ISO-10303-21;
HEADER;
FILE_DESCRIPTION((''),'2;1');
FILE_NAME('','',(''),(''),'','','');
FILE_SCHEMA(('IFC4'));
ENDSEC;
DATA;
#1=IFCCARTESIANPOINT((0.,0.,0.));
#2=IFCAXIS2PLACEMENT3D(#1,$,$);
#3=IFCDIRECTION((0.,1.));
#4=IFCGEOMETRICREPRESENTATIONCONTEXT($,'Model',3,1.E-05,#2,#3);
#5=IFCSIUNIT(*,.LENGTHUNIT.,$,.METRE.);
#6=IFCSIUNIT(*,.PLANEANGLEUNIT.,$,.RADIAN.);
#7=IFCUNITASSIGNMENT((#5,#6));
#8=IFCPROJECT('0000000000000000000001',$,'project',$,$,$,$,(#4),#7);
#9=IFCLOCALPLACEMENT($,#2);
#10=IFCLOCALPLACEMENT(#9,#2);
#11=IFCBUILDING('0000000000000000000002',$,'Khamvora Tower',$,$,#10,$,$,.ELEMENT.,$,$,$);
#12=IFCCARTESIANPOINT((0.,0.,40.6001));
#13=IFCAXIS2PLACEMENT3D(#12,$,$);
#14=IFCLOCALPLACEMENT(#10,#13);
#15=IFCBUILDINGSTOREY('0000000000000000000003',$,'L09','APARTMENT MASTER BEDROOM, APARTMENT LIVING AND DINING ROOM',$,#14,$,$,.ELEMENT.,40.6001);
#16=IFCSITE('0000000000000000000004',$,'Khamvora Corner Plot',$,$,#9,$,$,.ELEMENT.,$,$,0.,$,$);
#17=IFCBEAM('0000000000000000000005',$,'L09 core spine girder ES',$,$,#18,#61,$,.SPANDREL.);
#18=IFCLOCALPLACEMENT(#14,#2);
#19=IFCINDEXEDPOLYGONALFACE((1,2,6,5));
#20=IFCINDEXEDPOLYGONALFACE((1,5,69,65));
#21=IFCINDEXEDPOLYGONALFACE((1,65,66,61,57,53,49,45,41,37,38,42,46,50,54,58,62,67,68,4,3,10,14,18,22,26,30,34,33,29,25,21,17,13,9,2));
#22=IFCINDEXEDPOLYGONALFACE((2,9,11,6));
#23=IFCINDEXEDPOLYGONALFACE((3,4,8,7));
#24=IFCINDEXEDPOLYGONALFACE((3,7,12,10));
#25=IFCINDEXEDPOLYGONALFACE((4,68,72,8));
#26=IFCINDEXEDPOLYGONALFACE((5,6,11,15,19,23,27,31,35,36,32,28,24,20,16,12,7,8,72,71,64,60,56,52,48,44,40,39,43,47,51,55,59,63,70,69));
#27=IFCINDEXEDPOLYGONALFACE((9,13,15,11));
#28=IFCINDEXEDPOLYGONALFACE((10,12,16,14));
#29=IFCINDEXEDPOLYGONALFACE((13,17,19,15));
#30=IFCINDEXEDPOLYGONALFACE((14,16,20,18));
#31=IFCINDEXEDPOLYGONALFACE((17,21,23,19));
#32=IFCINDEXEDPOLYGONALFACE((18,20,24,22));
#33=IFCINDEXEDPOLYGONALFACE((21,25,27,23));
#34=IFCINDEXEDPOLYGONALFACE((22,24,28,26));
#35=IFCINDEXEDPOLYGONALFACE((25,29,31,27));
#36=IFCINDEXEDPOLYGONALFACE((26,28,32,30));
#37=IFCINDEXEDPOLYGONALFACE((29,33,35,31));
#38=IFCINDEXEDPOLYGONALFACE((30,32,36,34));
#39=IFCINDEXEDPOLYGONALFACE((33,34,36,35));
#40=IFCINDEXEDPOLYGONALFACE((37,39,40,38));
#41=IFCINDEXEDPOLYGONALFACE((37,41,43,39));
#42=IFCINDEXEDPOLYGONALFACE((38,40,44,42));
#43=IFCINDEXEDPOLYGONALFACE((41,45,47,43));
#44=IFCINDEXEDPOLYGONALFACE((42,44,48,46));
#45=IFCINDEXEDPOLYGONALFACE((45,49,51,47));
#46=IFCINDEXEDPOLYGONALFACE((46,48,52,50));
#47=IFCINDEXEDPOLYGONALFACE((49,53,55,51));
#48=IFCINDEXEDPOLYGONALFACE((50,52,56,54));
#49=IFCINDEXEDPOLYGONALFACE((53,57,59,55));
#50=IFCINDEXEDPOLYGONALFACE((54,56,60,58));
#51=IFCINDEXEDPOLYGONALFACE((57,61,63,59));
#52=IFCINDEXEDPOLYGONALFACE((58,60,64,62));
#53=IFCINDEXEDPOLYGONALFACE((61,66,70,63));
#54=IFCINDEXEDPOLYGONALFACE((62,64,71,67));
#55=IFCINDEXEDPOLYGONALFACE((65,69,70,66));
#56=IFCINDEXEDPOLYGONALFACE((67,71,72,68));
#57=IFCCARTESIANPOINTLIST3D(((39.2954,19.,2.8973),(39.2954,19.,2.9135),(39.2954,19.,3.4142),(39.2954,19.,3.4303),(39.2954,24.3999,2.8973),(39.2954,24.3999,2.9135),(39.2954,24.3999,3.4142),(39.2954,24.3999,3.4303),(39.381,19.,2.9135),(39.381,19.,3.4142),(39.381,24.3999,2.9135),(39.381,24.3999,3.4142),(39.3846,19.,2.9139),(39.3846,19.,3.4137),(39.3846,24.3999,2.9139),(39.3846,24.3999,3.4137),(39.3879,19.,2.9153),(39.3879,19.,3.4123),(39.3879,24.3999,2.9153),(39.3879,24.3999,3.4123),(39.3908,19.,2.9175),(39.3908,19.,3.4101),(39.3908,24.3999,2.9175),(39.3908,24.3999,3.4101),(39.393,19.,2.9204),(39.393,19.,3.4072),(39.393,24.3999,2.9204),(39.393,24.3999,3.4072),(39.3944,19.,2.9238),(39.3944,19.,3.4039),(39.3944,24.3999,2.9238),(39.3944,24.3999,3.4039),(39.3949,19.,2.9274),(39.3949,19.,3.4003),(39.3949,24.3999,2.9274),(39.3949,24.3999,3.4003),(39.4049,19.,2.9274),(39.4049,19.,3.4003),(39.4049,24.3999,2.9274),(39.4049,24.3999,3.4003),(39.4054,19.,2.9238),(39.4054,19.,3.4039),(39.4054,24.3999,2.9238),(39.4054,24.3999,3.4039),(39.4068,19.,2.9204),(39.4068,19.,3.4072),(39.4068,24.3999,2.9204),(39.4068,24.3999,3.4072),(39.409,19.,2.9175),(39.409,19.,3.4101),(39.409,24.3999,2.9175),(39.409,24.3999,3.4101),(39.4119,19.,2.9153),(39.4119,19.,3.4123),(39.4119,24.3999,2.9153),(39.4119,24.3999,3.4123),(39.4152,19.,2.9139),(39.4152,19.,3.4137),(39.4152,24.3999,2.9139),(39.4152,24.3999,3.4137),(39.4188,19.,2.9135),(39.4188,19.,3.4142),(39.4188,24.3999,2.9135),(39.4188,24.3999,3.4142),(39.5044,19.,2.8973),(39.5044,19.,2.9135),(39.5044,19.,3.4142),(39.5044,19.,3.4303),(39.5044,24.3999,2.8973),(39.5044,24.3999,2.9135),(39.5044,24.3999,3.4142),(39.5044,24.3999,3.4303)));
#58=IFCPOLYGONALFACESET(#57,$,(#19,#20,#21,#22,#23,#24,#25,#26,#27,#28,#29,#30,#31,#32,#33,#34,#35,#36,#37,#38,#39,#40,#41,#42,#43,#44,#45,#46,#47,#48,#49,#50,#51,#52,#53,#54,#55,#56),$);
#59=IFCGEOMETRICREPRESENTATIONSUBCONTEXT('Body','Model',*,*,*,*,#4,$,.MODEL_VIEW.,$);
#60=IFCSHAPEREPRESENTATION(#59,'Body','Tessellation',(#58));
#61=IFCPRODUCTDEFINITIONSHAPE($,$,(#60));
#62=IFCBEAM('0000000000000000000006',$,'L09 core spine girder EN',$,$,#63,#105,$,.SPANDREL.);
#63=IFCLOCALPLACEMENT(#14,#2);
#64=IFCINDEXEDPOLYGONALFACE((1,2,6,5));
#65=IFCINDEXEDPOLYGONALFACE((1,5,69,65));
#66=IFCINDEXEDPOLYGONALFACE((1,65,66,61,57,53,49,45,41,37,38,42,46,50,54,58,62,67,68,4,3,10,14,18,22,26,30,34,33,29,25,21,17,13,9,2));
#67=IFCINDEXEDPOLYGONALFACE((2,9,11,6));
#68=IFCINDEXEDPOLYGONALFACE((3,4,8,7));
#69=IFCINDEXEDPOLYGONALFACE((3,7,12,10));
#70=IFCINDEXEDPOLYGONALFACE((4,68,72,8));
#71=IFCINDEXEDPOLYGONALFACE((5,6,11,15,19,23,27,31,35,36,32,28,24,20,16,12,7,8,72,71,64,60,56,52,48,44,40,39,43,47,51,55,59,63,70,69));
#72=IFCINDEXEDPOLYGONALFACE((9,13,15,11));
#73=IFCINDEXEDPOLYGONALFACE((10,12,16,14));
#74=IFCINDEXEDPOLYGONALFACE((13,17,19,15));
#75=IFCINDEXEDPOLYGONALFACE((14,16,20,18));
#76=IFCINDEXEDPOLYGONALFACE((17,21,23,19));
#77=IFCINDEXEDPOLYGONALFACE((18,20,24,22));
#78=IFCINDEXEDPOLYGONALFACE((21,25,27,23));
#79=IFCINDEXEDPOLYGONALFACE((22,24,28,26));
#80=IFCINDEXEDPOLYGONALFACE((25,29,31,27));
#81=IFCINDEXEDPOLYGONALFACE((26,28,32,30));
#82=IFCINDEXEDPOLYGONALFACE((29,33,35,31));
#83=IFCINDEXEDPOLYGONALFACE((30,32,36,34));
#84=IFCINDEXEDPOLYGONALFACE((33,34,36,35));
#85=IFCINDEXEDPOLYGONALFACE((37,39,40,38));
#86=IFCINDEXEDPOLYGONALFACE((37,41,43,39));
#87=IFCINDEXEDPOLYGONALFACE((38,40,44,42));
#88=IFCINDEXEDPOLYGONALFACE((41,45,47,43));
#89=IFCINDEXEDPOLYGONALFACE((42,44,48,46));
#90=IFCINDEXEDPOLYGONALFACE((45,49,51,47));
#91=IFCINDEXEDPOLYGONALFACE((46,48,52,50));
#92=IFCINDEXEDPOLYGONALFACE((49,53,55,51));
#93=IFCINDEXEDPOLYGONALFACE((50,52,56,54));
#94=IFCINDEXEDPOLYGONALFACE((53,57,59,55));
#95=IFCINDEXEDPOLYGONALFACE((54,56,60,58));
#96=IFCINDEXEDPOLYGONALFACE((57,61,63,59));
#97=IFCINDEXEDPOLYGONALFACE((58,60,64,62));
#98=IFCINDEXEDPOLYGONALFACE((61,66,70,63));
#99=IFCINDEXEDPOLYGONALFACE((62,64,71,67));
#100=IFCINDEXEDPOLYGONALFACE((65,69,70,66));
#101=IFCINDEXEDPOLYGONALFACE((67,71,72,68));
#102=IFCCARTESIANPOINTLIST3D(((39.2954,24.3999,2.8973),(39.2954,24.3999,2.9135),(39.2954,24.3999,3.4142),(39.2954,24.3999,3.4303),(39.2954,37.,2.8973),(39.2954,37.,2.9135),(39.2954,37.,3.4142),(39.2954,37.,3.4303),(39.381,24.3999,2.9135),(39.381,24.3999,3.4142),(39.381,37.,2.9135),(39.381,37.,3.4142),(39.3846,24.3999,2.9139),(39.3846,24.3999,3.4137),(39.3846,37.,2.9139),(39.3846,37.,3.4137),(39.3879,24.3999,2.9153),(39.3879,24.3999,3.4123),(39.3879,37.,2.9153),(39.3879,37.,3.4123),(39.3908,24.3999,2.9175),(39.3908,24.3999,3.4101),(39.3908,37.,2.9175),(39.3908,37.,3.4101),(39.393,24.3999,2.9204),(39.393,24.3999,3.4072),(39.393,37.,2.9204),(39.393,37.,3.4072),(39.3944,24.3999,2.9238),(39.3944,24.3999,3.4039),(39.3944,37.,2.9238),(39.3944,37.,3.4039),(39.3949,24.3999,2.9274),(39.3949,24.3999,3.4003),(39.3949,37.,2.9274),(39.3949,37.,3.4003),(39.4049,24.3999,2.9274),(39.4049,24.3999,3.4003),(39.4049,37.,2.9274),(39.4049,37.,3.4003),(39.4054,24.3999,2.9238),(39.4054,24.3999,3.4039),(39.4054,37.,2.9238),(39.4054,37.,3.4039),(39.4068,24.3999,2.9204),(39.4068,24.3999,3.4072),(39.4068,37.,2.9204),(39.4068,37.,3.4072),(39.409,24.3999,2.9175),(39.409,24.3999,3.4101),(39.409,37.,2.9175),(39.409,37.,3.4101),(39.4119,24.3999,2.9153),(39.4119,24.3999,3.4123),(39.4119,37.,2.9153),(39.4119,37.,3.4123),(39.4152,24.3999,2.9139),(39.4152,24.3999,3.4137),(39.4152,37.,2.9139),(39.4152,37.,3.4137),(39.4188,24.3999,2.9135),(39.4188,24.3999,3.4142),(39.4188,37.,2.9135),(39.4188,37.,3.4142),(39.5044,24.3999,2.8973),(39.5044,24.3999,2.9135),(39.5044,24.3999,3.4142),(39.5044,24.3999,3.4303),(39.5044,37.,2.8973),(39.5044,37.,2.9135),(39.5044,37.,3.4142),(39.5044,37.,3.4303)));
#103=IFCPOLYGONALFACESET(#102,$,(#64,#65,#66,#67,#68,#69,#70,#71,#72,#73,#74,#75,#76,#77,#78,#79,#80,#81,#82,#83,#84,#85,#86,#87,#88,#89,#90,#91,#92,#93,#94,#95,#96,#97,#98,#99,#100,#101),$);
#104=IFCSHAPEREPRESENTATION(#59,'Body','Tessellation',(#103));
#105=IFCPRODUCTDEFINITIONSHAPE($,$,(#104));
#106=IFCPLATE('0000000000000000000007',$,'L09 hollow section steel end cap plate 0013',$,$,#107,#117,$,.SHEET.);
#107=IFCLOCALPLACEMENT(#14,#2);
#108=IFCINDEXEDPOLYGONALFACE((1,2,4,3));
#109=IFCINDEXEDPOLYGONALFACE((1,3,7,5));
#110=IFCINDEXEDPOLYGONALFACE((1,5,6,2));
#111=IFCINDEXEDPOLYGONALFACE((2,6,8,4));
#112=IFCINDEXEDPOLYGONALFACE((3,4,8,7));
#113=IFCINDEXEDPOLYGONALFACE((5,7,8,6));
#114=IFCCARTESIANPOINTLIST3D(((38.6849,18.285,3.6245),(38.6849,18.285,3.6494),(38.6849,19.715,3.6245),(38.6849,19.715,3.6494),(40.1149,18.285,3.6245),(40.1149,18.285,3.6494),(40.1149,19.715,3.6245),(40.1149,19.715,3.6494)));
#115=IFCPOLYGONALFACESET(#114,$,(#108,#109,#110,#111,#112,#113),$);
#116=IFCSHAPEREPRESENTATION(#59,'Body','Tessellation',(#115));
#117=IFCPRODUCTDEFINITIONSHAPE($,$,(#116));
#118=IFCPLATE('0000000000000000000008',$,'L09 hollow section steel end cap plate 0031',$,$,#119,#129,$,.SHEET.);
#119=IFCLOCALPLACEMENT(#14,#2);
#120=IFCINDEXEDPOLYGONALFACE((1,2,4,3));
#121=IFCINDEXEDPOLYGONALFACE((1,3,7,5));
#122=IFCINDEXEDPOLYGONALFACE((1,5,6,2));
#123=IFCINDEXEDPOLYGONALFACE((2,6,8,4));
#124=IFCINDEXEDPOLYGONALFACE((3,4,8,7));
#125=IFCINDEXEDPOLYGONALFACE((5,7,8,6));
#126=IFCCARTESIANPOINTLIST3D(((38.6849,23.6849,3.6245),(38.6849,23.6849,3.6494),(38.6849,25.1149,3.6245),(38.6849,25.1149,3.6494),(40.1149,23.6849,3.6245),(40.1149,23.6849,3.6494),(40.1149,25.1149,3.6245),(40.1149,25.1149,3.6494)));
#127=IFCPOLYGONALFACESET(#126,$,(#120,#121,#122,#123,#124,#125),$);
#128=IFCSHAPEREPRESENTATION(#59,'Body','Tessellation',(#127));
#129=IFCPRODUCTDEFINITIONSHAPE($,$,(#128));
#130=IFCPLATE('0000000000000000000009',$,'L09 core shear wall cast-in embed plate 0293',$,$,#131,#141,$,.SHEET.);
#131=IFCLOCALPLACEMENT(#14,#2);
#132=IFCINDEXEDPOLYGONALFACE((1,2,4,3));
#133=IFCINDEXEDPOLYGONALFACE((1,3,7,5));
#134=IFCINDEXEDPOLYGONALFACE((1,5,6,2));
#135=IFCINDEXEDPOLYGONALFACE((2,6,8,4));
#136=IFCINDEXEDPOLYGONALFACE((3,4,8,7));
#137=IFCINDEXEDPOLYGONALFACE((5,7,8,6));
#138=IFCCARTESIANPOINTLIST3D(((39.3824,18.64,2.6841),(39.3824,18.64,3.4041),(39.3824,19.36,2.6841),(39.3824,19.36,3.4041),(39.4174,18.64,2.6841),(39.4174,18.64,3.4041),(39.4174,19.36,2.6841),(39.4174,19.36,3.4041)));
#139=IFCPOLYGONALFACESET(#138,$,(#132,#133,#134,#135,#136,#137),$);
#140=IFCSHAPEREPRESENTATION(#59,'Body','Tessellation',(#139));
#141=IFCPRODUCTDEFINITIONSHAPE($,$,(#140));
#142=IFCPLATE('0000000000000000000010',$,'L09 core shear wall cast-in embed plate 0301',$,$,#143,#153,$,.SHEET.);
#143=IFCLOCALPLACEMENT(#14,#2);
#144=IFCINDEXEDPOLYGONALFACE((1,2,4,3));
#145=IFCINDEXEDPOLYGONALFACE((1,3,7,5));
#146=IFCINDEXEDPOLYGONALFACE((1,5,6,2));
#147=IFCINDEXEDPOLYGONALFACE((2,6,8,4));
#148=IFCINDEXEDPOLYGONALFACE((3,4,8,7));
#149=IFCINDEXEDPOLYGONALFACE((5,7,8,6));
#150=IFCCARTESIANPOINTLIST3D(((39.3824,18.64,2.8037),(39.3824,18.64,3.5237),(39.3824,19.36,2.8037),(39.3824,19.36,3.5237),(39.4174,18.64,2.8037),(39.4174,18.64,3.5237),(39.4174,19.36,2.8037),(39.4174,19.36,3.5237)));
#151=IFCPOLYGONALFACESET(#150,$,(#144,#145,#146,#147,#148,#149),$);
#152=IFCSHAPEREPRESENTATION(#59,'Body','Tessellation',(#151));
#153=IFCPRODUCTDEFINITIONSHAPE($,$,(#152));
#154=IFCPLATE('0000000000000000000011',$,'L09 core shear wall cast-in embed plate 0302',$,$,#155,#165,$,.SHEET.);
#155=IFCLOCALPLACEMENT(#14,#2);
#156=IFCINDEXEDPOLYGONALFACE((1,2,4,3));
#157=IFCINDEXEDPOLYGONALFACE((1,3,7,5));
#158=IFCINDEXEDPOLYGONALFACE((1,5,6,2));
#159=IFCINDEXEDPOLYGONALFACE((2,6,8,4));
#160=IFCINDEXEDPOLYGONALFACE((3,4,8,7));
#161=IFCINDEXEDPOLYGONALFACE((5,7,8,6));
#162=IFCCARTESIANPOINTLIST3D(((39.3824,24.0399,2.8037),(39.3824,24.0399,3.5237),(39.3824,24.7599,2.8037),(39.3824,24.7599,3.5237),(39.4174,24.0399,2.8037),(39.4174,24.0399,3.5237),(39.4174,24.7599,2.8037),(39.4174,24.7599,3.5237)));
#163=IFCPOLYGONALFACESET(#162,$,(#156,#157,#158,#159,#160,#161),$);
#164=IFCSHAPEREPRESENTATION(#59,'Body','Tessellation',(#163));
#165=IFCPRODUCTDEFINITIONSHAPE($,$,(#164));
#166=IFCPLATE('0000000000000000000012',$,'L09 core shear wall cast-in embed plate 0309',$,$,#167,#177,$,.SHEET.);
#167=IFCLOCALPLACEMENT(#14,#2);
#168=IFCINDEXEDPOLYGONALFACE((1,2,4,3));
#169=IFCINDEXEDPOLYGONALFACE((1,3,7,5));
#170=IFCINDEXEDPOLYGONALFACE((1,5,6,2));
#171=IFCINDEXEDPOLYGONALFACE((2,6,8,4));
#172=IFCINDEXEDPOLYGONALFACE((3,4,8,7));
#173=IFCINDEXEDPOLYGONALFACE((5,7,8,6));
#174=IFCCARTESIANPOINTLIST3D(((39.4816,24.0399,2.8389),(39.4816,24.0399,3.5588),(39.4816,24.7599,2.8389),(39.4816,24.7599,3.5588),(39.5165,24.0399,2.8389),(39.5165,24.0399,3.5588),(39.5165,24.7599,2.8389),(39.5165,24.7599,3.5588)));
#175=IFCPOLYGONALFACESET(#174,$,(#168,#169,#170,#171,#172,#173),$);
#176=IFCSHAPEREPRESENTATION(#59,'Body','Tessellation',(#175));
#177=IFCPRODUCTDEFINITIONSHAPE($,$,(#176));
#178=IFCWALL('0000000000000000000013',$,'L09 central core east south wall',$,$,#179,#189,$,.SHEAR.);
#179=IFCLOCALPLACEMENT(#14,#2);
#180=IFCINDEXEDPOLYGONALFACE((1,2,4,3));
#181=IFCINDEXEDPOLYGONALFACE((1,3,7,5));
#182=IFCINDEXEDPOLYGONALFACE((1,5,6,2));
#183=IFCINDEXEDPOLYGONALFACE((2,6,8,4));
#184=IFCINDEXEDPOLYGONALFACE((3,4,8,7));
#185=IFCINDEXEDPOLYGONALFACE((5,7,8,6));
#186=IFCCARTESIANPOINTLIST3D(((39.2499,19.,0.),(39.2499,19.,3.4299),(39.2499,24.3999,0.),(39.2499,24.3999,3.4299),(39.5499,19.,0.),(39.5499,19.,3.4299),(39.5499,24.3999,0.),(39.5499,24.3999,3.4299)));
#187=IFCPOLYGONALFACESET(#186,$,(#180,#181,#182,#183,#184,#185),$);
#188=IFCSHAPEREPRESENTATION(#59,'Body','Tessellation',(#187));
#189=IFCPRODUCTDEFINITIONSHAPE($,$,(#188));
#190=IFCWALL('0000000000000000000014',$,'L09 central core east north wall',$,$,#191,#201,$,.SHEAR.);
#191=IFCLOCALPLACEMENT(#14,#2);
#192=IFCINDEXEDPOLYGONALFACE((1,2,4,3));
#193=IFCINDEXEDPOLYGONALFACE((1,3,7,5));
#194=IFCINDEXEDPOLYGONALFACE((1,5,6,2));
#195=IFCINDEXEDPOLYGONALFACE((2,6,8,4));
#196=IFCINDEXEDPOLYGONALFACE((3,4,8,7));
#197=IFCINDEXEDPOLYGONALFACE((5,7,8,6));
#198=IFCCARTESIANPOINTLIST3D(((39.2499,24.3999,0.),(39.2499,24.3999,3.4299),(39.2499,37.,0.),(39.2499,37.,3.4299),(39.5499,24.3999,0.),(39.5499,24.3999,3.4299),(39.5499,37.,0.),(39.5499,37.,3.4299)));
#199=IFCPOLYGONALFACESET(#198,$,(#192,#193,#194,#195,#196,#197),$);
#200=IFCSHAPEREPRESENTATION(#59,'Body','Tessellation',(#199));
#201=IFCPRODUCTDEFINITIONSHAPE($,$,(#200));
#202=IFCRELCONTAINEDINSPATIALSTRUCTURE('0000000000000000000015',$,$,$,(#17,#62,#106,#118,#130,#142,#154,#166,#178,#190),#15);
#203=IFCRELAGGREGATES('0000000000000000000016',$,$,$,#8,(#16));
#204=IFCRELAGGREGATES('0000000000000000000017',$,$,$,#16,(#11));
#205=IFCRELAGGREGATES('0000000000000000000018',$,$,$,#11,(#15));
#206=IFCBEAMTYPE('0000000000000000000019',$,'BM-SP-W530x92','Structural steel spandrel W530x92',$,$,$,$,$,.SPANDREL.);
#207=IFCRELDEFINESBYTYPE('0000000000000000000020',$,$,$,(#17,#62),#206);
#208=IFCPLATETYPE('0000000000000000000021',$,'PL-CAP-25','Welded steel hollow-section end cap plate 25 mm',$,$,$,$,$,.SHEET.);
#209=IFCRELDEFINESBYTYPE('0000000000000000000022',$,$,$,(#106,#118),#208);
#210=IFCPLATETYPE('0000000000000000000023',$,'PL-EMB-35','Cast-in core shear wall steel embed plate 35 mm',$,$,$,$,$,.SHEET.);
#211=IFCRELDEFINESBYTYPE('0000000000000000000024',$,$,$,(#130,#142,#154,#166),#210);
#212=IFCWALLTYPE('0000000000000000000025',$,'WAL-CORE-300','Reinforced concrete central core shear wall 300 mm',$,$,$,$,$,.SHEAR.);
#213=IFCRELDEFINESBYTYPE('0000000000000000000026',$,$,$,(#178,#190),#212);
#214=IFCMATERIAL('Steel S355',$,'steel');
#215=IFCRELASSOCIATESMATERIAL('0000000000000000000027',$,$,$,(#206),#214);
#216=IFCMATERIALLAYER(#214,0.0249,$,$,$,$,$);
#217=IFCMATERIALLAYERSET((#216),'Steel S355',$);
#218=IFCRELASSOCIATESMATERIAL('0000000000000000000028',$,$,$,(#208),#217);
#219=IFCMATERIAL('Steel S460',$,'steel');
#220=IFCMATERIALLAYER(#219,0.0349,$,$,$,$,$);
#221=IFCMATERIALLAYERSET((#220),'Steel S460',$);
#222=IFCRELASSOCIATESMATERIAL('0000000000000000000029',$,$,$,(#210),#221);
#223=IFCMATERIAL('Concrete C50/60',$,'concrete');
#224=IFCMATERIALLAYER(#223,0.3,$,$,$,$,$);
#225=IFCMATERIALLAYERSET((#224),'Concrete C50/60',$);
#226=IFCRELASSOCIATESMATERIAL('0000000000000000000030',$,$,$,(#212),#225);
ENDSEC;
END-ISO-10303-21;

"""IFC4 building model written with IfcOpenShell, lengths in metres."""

from ifc_helpers import new_model, si_unit, direction, frame, frame_2d, origin, origin_2d, place, context, subcontext, project, spatial, rectangle, i_section, extrude, material, layer, layer_set, material_profile, profile_set, type_object, element, save


model = new_model("IFC4")

# Units and contexts
model_context = context("Model", 3, precision=1e-05, world=origin(), true_north=direction((0.0, 1.0)))
body_context = subcontext(model_context, "Body", "Model", "MODEL_VIEW")
ifc_project = project(units=[si_unit("LENGTHUNIT", "METRE"), si_unit("PLANEANGLEUNIT", "RADIAN")], contexts=[model_context])

# Site, building, storey
site_placement = place(None, origin())
site = spatial("IfcSite", under=ifc_project, at=site_placement, Name="Khamvora Corner Plot", CompositionType="ELEMENT", RefElevation=0.0)
building_placement = place(site_placement, origin())
building = spatial("IfcBuilding", under=site, at=building_placement, Name="Khamvora Tower", CompositionType="ELEMENT")
storey_placement = place(building_placement, frame((0.0, 0.0, 40.6001)))
storey = spatial("IfcBuildingStorey", under=building, at=storey_placement, Name="L09", Description="APARTMENT MASTER BEDROOM, APARTMENT LIVING AND DINING ROOM", CompositionType="ELEMENT", Elevation=40.6001)

# Shared definitions
ifc_material_1 = material(Name="Steel S460", Category="steel")

# Beams
ifc_material_2 = material(Name="Steel S355", Category="steel")
ifc_material_profile_1 = material_profile(ifc_material_2, i_section(OverallWidth=0.209, OverallDepth=0.533, WebThickness=0.01, FlangeThickness=0.0161, FilletRadius=0.0139, at=origin_2d()), Name="W530x92")
ifc_profile_set_1 = profile_set([ifc_material_profile_1], Name="Steel S355")
beam_type_1 = type_object("IfcBeamType", Name="BM-SP-W530x92", Description="Structural steel spandrel W530x92", PredefinedType="SPANDREL", material=ifc_profile_set_1)
beam_1_placement = place(storey_placement, frame((39.3999, 19.0, 3.1638), z_axis=(0.0, 1.0, 0.0), x_axis=(-1.0, 0.0, 0.0)))
element("IfcBeam", 1, at=beam_1_placement, inside=storey, type_object=beam_type_1, Name="L09 core spine girder ES", PredefinedType="SPANDREL", context=body_context, shape_type="SweptSolid", body=[
    extrude(i_section(OverallWidth=0.209, OverallDepth=0.533, WebThickness=0.01, FlangeThickness=0.0161, FilletRadius=0.0139, at=origin_2d()), origin(), (0.0, 0.0, 1.0), 5.3999),
])
beam_2_placement = place(storey_placement, frame((39.3999, 24.3999, 3.1638), z_axis=(0.0, 1.0, 0.0), x_axis=(-1.0, 0.0, 0.0)))
element("IfcBeam", 2, at=beam_2_placement, inside=storey, type_object=beam_type_1, Name="L09 core spine girder EN", PredefinedType="SPANDREL", context=body_context, shape_type="SweptSolid", body=[
    extrude(i_section(OverallWidth=0.209, OverallDepth=0.533, WebThickness=0.01, FlangeThickness=0.0161, FilletRadius=0.0139, at=origin_2d()), origin(), (0.0, 0.0, 1.0), 12.6001),
])

# Plates
ifc_layer_1 = layer(ifc_material_2, 0.0249)
ifc_layer_set_1 = layer_set([ifc_layer_1], Name="Steel S355")
plate_type_1 = type_object("IfcPlateType", Name="PL-CAP-25", Description="Welded steel hollow-section end cap plate 25 mm", PredefinedType="SHEET", material=ifc_layer_set_1)
for number, where, z_axis, x_axis, name in (
    (3, (39.3999, 19.0, 3.6245), (0.0, 0.0, 1.0), (1.0, 0.0, 0.0), "L09 hollow section steel end cap plate 0013"),
    (4, (39.3999, 24.3999, 3.6245), (0.0, 0.0, 1.0), (1.0, 0.0, 0.0), "L09 hollow section steel end cap plate 0031"),
):
    element("IfcPlate", number, at=place(storey_placement, frame(where, z_axis=z_axis, x_axis=x_axis)), inside=storey, type_object=plate_type_1, Name=name, PredefinedType="SHEET", context=body_context, shape_type="SweptSolid", body=[
        extrude(rectangle(XDim=1.4299, YDim=1.4299, at=origin_2d()), origin(), (0.0, 0.0, 1.0), 0.0249),
    ])
ifc_layer_2 = layer(ifc_material_1, 0.0349)
ifc_layer_set_2 = layer_set([ifc_layer_2], Name="Steel S460")
plate_type_2 = type_object("IfcPlateType", Name="PL-EMB-35", Description="Cast-in core shear wall steel embed plate 35 mm", PredefinedType="SHEET", material=ifc_layer_set_2)
for number, where, z_axis, x_axis, name in (
    (5, (39.3999, 19.0, 2.6841), (0.0, 0.0, 1.0), (1.0, 0.0, 0.0), "L09 core shear wall cast-in embed plate 0293"),
    (6, (39.3999, 19.0, 2.8037), (0.0, 0.0, 1.0), (1.0, 0.0, 0.0), "L09 core shear wall cast-in embed plate 0301"),
    (7, (39.3999, 24.3999, 2.8037), (0.0, 0.0, 1.0), (1.0, 0.0, 0.0), "L09 core shear wall cast-in embed plate 0302"),
    (8, (39.499, 24.3999, 2.8389), (0.0, 0.0, 1.0), (1.0, 0.0, 0.0), "L09 core shear wall cast-in embed plate 0309"),
):
    element("IfcPlate", number, at=place(storey_placement, frame(where, z_axis=z_axis, x_axis=x_axis)), inside=storey, type_object=plate_type_2, Name=name, PredefinedType="SHEET", context=body_context, shape_type="SweptSolid", body=[
        extrude(rectangle(XDim=0.0349, YDim=0.72, at=origin_2d()), origin(), (0.0, 0.0, 1.0), 0.72),
    ])

# Walls
ifc_material_3 = material(Name="Concrete C50/60", Category="concrete")
ifc_layer_3 = layer(ifc_material_3, 0.3)
ifc_layer_set_3 = layer_set([ifc_layer_3], Name="Concrete C50/60")
wall_type_1 = type_object("IfcWallType", Name="WAL-CORE-300", Description="Reinforced concrete central core shear wall 300 mm", PredefinedType="SHEAR", material=ifc_layer_set_3)
wall_1_placement = place(storey_placement, frame((39.3999, 19.0, 0.0), z_axis=(0.0, 0.0, 1.0), x_axis=(0.0, 1.0, 0.0)))
element("IfcWall", 9, at=wall_1_placement, inside=storey, type_object=wall_type_1, Name="L09 central core east south wall", PredefinedType="SHEAR", context=body_context, shape_type="SweptSolid", body=[
    extrude(rectangle(XDim=5.3999, YDim=0.3, at=frame_2d((2.7, 0.0))), origin(), (0.0, 0.0, 1.0), 3.4299),
])
wall_2_placement = place(storey_placement, frame((39.3999, 24.3999, 0.0), z_axis=(0.0, 0.0, 1.0), x_axis=(0.0, 1.0, 0.0)))
element("IfcWall", 10, at=wall_2_placement, inside=storey, type_object=wall_type_1, Name="L09 central core east north wall", PredefinedType="SHEAR", context=body_context, shape_type="SweptSolid", body=[
    extrude(rectangle(XDim=12.6001, YDim=0.3, at=frame_2d((6.3, 0.0))), origin(), (0.0, 0.0, 1.0), 3.4299),
])

save(model, "model.ifc")
